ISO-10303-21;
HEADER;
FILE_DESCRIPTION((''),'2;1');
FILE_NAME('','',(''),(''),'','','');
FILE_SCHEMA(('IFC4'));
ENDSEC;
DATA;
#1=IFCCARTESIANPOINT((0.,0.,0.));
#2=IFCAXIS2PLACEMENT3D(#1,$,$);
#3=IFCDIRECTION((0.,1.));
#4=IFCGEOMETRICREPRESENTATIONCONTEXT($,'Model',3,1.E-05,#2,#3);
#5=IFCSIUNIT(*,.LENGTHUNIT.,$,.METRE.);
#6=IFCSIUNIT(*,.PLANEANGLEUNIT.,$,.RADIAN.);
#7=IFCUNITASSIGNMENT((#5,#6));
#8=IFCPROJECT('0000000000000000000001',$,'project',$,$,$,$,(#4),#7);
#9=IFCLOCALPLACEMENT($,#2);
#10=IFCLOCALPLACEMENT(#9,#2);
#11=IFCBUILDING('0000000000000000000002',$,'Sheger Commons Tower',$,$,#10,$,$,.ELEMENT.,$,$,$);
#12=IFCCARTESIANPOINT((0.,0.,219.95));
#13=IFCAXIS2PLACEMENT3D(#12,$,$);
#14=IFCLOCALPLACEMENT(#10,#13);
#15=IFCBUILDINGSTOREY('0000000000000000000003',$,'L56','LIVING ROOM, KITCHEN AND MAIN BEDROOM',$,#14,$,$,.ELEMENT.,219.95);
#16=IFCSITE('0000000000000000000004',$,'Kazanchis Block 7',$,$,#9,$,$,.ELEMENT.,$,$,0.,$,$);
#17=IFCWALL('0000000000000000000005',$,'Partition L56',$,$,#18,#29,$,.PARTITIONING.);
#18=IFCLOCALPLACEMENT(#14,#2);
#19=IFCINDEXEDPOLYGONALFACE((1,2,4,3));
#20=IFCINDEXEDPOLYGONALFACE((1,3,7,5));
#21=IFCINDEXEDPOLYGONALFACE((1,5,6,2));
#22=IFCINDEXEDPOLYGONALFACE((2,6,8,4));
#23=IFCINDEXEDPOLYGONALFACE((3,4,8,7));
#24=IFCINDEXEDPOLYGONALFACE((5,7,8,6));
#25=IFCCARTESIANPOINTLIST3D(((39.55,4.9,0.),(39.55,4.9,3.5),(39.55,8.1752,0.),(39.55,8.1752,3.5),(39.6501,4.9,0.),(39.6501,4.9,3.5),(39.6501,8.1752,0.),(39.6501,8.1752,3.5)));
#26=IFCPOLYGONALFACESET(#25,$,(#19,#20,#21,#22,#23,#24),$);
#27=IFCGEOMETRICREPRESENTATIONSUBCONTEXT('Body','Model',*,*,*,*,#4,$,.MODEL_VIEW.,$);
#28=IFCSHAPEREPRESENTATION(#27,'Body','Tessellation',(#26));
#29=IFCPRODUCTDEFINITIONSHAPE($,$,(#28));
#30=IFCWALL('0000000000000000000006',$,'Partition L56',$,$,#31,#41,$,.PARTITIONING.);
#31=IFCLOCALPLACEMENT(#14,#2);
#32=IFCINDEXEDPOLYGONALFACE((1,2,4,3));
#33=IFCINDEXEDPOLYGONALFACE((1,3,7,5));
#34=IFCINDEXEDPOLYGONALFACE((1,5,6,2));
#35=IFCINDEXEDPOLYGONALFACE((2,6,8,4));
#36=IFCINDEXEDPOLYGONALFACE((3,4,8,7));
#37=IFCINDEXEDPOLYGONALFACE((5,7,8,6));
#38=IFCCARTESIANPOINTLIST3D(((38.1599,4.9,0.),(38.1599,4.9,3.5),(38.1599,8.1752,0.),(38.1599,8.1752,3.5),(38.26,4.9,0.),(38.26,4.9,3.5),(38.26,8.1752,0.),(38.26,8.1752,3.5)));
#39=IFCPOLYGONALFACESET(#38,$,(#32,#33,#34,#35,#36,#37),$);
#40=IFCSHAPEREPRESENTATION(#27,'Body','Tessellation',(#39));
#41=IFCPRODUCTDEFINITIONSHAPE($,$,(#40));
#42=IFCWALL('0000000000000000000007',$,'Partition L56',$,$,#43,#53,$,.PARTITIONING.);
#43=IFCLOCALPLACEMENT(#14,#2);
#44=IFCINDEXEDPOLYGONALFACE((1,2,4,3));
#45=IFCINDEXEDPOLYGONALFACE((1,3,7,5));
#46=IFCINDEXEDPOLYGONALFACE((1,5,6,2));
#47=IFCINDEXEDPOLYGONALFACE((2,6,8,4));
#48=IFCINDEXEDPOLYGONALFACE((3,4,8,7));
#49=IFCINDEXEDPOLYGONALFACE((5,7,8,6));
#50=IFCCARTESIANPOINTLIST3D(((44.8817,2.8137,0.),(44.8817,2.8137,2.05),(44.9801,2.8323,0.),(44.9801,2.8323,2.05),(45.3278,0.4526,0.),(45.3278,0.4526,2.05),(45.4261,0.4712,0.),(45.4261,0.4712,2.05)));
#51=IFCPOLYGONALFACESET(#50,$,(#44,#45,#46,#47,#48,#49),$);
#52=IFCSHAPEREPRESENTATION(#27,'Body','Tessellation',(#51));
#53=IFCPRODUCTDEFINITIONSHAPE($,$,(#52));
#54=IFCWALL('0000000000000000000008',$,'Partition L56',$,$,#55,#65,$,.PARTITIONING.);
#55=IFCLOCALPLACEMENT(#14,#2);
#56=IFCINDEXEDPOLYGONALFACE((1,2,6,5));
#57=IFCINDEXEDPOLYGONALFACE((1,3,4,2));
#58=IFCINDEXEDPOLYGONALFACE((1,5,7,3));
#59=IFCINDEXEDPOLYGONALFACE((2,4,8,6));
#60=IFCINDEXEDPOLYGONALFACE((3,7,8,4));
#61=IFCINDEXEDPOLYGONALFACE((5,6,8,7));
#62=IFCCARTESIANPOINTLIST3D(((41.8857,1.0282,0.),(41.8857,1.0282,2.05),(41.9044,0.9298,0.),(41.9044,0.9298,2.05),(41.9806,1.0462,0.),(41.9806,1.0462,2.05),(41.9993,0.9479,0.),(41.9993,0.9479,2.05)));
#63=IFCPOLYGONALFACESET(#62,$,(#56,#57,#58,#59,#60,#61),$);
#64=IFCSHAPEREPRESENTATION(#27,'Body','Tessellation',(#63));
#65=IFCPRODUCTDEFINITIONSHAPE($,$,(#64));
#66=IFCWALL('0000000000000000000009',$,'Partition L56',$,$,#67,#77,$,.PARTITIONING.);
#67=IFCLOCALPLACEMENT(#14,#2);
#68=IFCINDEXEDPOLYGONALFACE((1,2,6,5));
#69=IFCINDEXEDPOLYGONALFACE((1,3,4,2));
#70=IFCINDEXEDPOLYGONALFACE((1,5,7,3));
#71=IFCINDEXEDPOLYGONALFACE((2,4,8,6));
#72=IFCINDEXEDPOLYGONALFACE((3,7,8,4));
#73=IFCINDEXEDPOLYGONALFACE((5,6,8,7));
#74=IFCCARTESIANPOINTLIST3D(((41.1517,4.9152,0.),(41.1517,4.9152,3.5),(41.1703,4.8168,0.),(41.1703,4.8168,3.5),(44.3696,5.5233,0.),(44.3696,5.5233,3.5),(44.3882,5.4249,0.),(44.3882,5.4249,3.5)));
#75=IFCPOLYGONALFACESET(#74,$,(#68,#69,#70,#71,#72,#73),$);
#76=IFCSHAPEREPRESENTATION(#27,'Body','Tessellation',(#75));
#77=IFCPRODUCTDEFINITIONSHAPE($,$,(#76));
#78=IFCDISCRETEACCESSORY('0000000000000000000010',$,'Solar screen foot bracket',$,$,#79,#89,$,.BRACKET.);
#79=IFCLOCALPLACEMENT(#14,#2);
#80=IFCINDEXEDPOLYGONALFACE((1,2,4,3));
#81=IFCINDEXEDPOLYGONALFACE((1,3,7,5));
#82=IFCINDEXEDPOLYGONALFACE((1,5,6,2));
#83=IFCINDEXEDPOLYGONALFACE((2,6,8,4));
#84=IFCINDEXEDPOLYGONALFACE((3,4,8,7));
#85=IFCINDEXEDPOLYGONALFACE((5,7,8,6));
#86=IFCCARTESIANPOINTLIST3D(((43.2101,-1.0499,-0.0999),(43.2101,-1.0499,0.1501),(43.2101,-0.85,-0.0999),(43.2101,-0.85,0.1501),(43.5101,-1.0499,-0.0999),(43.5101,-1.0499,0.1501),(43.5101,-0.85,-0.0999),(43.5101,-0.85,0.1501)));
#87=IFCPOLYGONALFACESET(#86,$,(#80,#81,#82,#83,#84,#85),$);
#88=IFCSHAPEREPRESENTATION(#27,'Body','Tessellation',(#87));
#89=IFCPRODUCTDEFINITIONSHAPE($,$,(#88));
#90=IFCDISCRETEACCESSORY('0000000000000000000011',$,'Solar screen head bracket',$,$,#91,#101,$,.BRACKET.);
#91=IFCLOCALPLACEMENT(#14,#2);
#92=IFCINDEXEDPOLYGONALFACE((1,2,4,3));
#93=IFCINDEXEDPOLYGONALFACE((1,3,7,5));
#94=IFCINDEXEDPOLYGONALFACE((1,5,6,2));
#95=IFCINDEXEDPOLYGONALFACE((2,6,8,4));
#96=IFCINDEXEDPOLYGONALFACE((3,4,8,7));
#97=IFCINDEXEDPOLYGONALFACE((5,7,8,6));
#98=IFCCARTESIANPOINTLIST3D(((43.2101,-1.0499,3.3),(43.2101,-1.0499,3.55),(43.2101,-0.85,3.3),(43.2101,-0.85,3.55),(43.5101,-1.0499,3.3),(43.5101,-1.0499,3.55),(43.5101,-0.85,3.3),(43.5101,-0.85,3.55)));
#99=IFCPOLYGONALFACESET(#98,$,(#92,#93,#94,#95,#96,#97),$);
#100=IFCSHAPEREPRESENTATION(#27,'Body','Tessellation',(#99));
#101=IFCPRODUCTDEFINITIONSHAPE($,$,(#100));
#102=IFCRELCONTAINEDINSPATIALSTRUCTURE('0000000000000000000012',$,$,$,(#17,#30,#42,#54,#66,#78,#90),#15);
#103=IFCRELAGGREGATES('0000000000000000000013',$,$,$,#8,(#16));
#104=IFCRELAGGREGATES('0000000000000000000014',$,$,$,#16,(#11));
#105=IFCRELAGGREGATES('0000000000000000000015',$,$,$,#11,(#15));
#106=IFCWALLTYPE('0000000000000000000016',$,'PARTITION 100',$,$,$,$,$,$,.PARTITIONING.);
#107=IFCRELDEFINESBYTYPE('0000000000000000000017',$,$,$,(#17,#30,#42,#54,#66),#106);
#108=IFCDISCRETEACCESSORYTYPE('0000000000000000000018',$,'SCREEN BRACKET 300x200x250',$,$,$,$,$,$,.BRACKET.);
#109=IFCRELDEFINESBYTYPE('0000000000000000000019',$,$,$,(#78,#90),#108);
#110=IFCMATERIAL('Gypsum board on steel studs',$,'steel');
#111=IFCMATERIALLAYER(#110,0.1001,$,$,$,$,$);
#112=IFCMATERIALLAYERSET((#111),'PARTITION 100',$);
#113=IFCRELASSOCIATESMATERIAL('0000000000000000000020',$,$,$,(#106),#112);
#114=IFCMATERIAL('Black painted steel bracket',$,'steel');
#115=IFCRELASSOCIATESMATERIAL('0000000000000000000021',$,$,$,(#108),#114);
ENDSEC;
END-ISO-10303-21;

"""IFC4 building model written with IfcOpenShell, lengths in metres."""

from ifc_helpers import new_model, si_unit, direction, frame, frame_2d, origin, origin_2d, place, context, subcontext, project, spatial, rectangle, extrude, material, layer, layer_set, type_object, element, save


model = new_model("IFC4")

# Units and contexts
model_context = context("Model", 3, precision=1e-05, world=origin(), true_north=direction((0.0, 1.0)))
body_context = subcontext(model_context, "Body", "Model", "MODEL_VIEW")
ifc_project = project(units=[si_unit("LENGTHUNIT", "METRE"), si_unit("PLANEANGLEUNIT", "RADIAN")], contexts=[model_context])

# Site, building, storey
site_placement = place(None, origin())
site = spatial("IfcSite", under=ifc_project, at=site_placement, Name="Kazanchis Block 7", CompositionType="ELEMENT", RefElevation=0.0)
building_placement = place(site_placement, origin())
building = spatial("IfcBuilding", under=site, at=building_placement, Name="Sheger Commons Tower", CompositionType="ELEMENT")
storey_placement = place(building_placement, frame((0.0, 0.0, 219.95)))
storey = spatial("IfcBuildingStorey", under=building, at=storey_placement, Name="L56", Description="LIVING ROOM, KITCHEN AND MAIN BEDROOM", CompositionType="ELEMENT", Elevation=219.95)

# Shared definitions
ifc_material_1 = material(Name="Gypsum board on steel studs", Category="steel")
ifc_layer_1 = layer(ifc_material_1, 0.1001)
ifc_layer_set_1 = layer_set([ifc_layer_1], Name="PARTITION 100")
wall_type_1 = type_object("IfcWallType", Name="PARTITION 100", PredefinedType="PARTITIONING", material=ifc_layer_set_1)

# Walls
for number, where, z_axis, x_axis, name in (
    (1, (39.6001, 4.8999, 0.0), (0.0, 0.0, 1.0), (0.0, 1.0, 0.0), "Partition L56"),
    (2, (38.21, 4.8999, 0.0), (0.0, 0.0, 1.0), (0.0, 1.0, 0.0), "Partition L56"),
):
    element("IfcWall", number, at=place(storey_placement, frame(where, z_axis=z_axis, x_axis=x_axis)), inside=storey, type_object=wall_type_1, Name=name, PredefinedType="PARTITIONING", context=body_context, shape_type="SweptSolid", body=[
        extrude(rectangle(XDim=3.2751, YDim=0.1001, at=frame_2d((1.6377, 0.0))), origin(), (0.0, 0.0, 1.0), 3.5),
    ])
wall_1_placement = place(storey_placement, frame((44.9309, 2.823, 0.0), z_axis=(0.0, 0.0, 1.0), x_axis=(0.185632, -0.982619, 0.0)))
element("IfcWall", 3, at=wall_1_placement, inside=storey, type_object=wall_type_1, Name="Partition L56", PredefinedType="PARTITIONING", context=body_context, shape_type="SweptSolid", body=[
    extrude(rectangle(XDim=2.4028, YDim=0.1001, at=frame_2d((1.2014, 0.0))), origin(), (0.0, 0.0, 1.0), 2.05),
])
wall_2_placement = place(storey_placement, frame((41.99, 0.9971, 0.0), z_axis=(0.0, 0.0, 1.0), x_axis=(-0.982383, -0.18688, 0.0)))
element("IfcWall", 4, at=wall_2_placement, inside=storey, type_object=wall_type_1, Name="Partition L56", PredefinedType="PARTITIONING", context=body_context, shape_type="SweptSolid", body=[
    extrude(rectangle(XDim=0.0967, YDim=0.1001, at=frame_2d((0.0483, 0.0))), origin(), (0.0, 0.0, 1.0), 2.05),
])
wall_3_placement = place(storey_placement, frame((44.3789, 5.4741, 0.0), z_axis=(0.0, 0.0, 1.0), x_axis=(-0.982607, -0.185697, 0.0)))
element("IfcWall", 5, at=wall_3_placement, inside=storey, type_object=wall_type_1, Name="Partition L56", PredefinedType="PARTITIONING", context=body_context, shape_type="SweptSolid", body=[
    extrude(rectangle(XDim=3.2749, YDim=0.1001, at=frame_2d((1.6375, 0.0))), origin(), (0.0, 0.0, 1.0), 3.5),
])

# Discrete accessories
ifc_material_2 = material(Name="Black painted steel bracket", Category="steel")
discrete_accessory_type = type_object("IfcDiscreteAccessoryType", Name="SCREEN BRACKET 300x200x250", PredefinedType="BRACKET", material=ifc_material_2)
for number, where, z_axis, x_axis, name in (
    (6, (43.3601, -0.95, -0.0999), (0.0, 0.0, 1.0), (1.0, 0.0, 0.0), "Solar screen foot bracket"),
    (7, (43.3601, -0.95, 3.3), (0.0, 0.0, 1.0), (1.0, 0.0, 0.0), "Solar screen head bracket"),
):
    element("IfcDiscreteAccessory", number, at=place(storey_placement, frame(where, z_axis=z_axis, x_axis=x_axis)), inside=storey, type_object=discrete_accessory_type, Name=name, PredefinedType="BRACKET", context=body_context, shape_type="SweptSolid", body=[
        extrude(rectangle(XDim=0.3, YDim=0.2, at=origin_2d()), origin(), (0.0, 0.0, 1.0), 0.25),
    ])

save(model, "model.ifc")
